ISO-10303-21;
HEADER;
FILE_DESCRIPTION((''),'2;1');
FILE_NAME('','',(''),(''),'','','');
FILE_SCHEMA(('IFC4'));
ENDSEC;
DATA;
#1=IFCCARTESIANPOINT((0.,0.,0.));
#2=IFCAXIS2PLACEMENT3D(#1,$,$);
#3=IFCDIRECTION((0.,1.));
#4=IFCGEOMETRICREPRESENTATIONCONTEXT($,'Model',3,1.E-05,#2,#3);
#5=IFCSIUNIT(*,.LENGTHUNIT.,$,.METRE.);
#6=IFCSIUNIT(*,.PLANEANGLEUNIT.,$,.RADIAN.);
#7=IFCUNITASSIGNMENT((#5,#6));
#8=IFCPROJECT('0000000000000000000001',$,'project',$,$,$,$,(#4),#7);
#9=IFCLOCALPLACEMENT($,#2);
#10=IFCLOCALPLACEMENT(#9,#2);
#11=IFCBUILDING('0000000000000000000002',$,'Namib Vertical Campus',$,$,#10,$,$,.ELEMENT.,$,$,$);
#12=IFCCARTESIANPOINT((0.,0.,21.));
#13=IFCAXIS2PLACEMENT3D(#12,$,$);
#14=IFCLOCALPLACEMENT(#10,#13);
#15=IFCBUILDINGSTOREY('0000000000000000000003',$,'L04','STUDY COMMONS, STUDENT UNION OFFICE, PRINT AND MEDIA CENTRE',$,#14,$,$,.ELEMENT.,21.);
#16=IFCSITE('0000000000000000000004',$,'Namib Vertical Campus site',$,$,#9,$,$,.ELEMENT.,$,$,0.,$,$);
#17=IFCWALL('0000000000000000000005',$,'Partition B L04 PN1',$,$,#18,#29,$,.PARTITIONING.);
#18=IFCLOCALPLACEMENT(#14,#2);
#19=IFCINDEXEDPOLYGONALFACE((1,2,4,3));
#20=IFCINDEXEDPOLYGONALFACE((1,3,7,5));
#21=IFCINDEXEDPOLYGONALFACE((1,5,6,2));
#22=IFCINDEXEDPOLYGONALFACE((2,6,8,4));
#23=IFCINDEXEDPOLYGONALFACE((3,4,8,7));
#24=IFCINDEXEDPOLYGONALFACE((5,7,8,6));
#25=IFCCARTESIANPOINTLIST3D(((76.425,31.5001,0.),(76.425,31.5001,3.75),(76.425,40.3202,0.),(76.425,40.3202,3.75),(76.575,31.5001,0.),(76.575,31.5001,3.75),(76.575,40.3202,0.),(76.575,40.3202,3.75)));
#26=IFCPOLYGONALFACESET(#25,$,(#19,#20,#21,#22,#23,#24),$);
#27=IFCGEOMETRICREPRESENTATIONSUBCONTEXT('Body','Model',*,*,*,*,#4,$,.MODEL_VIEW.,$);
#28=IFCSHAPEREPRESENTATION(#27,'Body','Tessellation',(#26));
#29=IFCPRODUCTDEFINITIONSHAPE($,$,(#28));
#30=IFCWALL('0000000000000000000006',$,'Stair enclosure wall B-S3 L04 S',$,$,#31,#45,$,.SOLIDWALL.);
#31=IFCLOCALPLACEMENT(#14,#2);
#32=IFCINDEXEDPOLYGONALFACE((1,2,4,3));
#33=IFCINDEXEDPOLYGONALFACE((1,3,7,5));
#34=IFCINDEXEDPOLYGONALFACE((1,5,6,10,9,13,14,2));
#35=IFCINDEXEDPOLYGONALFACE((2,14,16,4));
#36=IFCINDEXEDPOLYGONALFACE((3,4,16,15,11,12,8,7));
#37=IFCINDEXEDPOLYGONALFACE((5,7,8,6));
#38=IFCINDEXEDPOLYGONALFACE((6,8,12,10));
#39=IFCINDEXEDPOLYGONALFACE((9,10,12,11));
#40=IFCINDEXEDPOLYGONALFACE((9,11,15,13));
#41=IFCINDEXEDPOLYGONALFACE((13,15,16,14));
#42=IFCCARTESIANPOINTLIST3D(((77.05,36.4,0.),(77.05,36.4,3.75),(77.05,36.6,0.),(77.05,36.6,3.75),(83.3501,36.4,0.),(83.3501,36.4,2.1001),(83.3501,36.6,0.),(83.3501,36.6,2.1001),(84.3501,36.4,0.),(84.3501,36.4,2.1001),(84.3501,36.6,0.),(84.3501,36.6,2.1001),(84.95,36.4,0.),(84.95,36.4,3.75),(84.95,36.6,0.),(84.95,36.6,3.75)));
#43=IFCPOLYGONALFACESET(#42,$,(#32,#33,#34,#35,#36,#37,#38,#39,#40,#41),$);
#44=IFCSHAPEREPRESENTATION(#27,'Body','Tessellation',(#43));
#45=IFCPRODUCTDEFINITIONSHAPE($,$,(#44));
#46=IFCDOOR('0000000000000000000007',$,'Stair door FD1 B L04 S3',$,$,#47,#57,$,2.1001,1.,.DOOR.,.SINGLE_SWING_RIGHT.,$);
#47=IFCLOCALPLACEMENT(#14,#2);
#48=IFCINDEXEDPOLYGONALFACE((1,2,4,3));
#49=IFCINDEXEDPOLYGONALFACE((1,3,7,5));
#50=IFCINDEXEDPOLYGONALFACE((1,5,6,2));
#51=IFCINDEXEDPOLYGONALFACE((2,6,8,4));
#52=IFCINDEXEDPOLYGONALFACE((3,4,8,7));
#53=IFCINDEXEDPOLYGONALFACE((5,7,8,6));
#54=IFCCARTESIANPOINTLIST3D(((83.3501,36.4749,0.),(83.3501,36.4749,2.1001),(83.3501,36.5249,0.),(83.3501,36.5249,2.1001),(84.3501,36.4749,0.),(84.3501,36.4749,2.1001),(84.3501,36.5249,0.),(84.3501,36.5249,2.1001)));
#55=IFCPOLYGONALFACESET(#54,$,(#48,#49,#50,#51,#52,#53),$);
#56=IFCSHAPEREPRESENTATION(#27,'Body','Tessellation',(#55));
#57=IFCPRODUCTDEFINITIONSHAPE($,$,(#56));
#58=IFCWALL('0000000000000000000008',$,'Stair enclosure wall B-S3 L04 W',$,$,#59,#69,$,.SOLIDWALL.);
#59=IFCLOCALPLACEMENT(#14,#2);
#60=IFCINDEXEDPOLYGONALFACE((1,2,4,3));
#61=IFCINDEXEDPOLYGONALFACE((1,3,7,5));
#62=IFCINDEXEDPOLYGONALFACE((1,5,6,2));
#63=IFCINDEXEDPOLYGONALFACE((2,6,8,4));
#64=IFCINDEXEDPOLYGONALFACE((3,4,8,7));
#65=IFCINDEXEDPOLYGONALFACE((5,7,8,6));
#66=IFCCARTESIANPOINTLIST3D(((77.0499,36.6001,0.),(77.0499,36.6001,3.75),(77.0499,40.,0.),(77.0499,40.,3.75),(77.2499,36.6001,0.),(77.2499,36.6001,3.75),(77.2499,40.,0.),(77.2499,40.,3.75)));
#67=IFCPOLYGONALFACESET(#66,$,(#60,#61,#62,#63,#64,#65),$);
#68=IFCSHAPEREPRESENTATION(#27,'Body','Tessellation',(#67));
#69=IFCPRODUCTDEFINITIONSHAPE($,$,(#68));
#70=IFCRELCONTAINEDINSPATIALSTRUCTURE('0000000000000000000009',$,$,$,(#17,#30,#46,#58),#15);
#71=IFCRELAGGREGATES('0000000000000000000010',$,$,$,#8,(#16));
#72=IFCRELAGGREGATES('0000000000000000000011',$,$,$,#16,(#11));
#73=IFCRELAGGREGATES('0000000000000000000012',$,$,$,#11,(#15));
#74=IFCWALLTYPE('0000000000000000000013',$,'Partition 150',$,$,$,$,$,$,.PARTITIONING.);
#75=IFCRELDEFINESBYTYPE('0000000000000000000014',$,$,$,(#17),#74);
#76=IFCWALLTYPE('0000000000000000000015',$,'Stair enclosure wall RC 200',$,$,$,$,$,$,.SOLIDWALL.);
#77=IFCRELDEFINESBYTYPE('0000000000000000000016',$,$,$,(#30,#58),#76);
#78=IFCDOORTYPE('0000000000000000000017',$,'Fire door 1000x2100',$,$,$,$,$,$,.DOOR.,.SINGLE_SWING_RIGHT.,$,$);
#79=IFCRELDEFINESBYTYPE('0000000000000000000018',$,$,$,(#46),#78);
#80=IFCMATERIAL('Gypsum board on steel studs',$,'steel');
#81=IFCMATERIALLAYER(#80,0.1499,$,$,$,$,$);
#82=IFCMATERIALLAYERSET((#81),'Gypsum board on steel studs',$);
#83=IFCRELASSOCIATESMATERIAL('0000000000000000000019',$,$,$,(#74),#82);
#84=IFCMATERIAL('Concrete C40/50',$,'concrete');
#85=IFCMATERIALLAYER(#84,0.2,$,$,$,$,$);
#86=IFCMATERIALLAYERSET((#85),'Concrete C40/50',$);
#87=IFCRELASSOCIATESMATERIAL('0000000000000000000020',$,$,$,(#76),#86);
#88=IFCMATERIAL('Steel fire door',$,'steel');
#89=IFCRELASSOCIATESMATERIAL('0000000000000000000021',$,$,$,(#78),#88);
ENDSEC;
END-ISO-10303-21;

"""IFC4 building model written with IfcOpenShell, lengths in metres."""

from ifc_helpers import new_model, si_unit, direction, frame, frame_2d, origin, place, context, subcontext, project, spatial, rectangle, extrude, material, layer, layer_set, type_object, element, fill, save


model = new_model("IFC4")

# Units and contexts
model_context = context("Model", 3, precision=1e-05, world=origin(), true_north=direction((0.0, 1.0)))
body_context = subcontext(model_context, "Body", "Model", "MODEL_VIEW")
ifc_project = project(units=[si_unit("LENGTHUNIT", "METRE"), si_unit("PLANEANGLEUNIT", "RADIAN")], contexts=[model_context])

# Site, building, storey
site_placement = place(None, origin())
site = spatial("IfcSite", under=ifc_project, at=site_placement, Name="Namib Vertical Campus site", CompositionType="ELEMENT", RefElevation=0.0)
building_placement = place(site_placement, origin())
building = spatial("IfcBuilding", under=site, at=building_placement, Name="Namib Vertical Campus", CompositionType="ELEMENT")
storey_placement = place(building_placement, frame((0.0, 0.0, 21.0)))
storey = spatial("IfcBuildingStorey", under=building, at=storey_placement, Name="L04", Description="STUDY COMMONS, STUDENT UNION OFFICE, PRINT AND MEDIA CENTRE", CompositionType="ELEMENT", Elevation=21.0)

# Wall
ifc_material_1 = material(Name="Gypsum board on steel studs", Category="steel")
ifc_layer_1 = layer(ifc_material_1, 0.1499)
ifc_layer_set_1 = layer_set([ifc_layer_1], Name="Gypsum board on steel studs")
wall_type_1 = type_object("IfcWallType", Name="Partition 150", PredefinedType="PARTITIONING", material=ifc_layer_set_1)
wall_1_placement = place(storey_placement, frame((76.5, 31.5, 0.0), z_axis=(0.0, 0.0, 1.0), x_axis=(0.0, 1.0, 0.0)))
element("IfcWall", 1, at=wall_1_placement, inside=storey, type_object=wall_type_1, Name="Partition B L04 PN1", PredefinedType="PARTITIONING", context=body_context, shape_type="SweptSolid", body=[
    extrude(rectangle(XDim=8.8201, YDim=0.1499, at=frame_2d((4.4102, 0.0))), origin(), (0.0, 0.0, 1.0), 3.75),
])

# Wall, opening, door
ifc_material_2 = material(Name="Concrete C40/50", Category="concrete")
ifc_layer_2 = layer(ifc_material_2, 0.2)
ifc_layer_set_2 = layer_set([ifc_layer_2], Name="Concrete C40/50")
wall_type_2 = type_object("IfcWallType", Name="Stair enclosure wall RC 200", PredefinedType="SOLIDWALL", material=ifc_layer_set_2)
wall_2_placement = place(storey_placement, frame((77.05, 36.5, 0.0), z_axis=(0.0, 0.0, 1.0), x_axis=(1.0, 0.0, 0.0)))
wall_2 = element("IfcWall", 2, at=wall_2_placement, inside=storey, type_object=wall_type_2, Name="Stair enclosure wall B-S3 L04 S", PredefinedType="SOLIDWALL", context=body_context, shape_type="SweptSolid", body=[
    extrude(rectangle(XDim=7.8999, YDim=0.2, at=frame_2d((3.95, 0.0))), origin(), (0.0, 0.0, 1.0), 3.75),
])
opening_1_placement = place(wall_2_placement, frame((6.3, 0.0, 0.0)))
opening_1 = element("IfcOpeningElement", 3, at=opening_1_placement, cuts=wall_2, PredefinedType="OPENING", context=body_context, shape_type="SweptSolid", body=[
    extrude(rectangle(XDim=1.0, YDim=2.1001, at=frame_2d((0.5, 1.05))), frame((0.0, 0.1099, 0.0), z_axis=(0.0, -1.0, 0.0), x_axis=(1.0, 0.0, 0.0)), (0.0, 0.0, 1.0), 0.22),
])
ifc_material_3 = material(Name="Steel fire door", Category="steel")
door_type_1 = type_object("IfcDoorType", Name="Fire door 1000x2100", OperationType="SINGLE_SWING_RIGHT", PredefinedType="DOOR", material=ifc_material_3)
door_1_placement = place(opening_1_placement, origin())
door_1 = element("IfcDoor", 4, at=door_1_placement, inside=storey, type_object=door_type_1, Name="Stair door FD1 B L04 S3", OperationType="SINGLE_SWING_RIGHT", OverallHeight=2.1001, OverallWidth=1.0, PredefinedType="DOOR", context=body_context, shape_type="SweptSolid", body=[
    extrude(rectangle(XDim=1.0, YDim=2.1001, at=frame_2d((0.5, 1.05))), frame((0.0, 0.0249, 0.0), z_axis=(0.0, -1.0, 0.0), x_axis=(1.0, 0.0, 0.0)), (0.0, 0.0, 1.0), 0.05),
])
fill(opening_1, door_1)

# Wall
wall_3_placement = place(storey_placement, frame((77.1499, 36.6001, 0.0), z_axis=(0.0, 0.0, 1.0), x_axis=(0.0, 1.0, 0.0)))
element("IfcWall", 5, at=wall_3_placement, inside=storey, type_object=wall_type_2, Name="Stair enclosure wall B-S3 L04 W", PredefinedType="SOLIDWALL", context=body_context, shape_type="SweptSolid", body=[
    extrude(rectangle(XDim=3.3999, YDim=0.2, at=frame_2d((1.7, 0.0))), origin(), (0.0, 0.0, 1.0), 3.75),
])

save(model, "model.ifc")
